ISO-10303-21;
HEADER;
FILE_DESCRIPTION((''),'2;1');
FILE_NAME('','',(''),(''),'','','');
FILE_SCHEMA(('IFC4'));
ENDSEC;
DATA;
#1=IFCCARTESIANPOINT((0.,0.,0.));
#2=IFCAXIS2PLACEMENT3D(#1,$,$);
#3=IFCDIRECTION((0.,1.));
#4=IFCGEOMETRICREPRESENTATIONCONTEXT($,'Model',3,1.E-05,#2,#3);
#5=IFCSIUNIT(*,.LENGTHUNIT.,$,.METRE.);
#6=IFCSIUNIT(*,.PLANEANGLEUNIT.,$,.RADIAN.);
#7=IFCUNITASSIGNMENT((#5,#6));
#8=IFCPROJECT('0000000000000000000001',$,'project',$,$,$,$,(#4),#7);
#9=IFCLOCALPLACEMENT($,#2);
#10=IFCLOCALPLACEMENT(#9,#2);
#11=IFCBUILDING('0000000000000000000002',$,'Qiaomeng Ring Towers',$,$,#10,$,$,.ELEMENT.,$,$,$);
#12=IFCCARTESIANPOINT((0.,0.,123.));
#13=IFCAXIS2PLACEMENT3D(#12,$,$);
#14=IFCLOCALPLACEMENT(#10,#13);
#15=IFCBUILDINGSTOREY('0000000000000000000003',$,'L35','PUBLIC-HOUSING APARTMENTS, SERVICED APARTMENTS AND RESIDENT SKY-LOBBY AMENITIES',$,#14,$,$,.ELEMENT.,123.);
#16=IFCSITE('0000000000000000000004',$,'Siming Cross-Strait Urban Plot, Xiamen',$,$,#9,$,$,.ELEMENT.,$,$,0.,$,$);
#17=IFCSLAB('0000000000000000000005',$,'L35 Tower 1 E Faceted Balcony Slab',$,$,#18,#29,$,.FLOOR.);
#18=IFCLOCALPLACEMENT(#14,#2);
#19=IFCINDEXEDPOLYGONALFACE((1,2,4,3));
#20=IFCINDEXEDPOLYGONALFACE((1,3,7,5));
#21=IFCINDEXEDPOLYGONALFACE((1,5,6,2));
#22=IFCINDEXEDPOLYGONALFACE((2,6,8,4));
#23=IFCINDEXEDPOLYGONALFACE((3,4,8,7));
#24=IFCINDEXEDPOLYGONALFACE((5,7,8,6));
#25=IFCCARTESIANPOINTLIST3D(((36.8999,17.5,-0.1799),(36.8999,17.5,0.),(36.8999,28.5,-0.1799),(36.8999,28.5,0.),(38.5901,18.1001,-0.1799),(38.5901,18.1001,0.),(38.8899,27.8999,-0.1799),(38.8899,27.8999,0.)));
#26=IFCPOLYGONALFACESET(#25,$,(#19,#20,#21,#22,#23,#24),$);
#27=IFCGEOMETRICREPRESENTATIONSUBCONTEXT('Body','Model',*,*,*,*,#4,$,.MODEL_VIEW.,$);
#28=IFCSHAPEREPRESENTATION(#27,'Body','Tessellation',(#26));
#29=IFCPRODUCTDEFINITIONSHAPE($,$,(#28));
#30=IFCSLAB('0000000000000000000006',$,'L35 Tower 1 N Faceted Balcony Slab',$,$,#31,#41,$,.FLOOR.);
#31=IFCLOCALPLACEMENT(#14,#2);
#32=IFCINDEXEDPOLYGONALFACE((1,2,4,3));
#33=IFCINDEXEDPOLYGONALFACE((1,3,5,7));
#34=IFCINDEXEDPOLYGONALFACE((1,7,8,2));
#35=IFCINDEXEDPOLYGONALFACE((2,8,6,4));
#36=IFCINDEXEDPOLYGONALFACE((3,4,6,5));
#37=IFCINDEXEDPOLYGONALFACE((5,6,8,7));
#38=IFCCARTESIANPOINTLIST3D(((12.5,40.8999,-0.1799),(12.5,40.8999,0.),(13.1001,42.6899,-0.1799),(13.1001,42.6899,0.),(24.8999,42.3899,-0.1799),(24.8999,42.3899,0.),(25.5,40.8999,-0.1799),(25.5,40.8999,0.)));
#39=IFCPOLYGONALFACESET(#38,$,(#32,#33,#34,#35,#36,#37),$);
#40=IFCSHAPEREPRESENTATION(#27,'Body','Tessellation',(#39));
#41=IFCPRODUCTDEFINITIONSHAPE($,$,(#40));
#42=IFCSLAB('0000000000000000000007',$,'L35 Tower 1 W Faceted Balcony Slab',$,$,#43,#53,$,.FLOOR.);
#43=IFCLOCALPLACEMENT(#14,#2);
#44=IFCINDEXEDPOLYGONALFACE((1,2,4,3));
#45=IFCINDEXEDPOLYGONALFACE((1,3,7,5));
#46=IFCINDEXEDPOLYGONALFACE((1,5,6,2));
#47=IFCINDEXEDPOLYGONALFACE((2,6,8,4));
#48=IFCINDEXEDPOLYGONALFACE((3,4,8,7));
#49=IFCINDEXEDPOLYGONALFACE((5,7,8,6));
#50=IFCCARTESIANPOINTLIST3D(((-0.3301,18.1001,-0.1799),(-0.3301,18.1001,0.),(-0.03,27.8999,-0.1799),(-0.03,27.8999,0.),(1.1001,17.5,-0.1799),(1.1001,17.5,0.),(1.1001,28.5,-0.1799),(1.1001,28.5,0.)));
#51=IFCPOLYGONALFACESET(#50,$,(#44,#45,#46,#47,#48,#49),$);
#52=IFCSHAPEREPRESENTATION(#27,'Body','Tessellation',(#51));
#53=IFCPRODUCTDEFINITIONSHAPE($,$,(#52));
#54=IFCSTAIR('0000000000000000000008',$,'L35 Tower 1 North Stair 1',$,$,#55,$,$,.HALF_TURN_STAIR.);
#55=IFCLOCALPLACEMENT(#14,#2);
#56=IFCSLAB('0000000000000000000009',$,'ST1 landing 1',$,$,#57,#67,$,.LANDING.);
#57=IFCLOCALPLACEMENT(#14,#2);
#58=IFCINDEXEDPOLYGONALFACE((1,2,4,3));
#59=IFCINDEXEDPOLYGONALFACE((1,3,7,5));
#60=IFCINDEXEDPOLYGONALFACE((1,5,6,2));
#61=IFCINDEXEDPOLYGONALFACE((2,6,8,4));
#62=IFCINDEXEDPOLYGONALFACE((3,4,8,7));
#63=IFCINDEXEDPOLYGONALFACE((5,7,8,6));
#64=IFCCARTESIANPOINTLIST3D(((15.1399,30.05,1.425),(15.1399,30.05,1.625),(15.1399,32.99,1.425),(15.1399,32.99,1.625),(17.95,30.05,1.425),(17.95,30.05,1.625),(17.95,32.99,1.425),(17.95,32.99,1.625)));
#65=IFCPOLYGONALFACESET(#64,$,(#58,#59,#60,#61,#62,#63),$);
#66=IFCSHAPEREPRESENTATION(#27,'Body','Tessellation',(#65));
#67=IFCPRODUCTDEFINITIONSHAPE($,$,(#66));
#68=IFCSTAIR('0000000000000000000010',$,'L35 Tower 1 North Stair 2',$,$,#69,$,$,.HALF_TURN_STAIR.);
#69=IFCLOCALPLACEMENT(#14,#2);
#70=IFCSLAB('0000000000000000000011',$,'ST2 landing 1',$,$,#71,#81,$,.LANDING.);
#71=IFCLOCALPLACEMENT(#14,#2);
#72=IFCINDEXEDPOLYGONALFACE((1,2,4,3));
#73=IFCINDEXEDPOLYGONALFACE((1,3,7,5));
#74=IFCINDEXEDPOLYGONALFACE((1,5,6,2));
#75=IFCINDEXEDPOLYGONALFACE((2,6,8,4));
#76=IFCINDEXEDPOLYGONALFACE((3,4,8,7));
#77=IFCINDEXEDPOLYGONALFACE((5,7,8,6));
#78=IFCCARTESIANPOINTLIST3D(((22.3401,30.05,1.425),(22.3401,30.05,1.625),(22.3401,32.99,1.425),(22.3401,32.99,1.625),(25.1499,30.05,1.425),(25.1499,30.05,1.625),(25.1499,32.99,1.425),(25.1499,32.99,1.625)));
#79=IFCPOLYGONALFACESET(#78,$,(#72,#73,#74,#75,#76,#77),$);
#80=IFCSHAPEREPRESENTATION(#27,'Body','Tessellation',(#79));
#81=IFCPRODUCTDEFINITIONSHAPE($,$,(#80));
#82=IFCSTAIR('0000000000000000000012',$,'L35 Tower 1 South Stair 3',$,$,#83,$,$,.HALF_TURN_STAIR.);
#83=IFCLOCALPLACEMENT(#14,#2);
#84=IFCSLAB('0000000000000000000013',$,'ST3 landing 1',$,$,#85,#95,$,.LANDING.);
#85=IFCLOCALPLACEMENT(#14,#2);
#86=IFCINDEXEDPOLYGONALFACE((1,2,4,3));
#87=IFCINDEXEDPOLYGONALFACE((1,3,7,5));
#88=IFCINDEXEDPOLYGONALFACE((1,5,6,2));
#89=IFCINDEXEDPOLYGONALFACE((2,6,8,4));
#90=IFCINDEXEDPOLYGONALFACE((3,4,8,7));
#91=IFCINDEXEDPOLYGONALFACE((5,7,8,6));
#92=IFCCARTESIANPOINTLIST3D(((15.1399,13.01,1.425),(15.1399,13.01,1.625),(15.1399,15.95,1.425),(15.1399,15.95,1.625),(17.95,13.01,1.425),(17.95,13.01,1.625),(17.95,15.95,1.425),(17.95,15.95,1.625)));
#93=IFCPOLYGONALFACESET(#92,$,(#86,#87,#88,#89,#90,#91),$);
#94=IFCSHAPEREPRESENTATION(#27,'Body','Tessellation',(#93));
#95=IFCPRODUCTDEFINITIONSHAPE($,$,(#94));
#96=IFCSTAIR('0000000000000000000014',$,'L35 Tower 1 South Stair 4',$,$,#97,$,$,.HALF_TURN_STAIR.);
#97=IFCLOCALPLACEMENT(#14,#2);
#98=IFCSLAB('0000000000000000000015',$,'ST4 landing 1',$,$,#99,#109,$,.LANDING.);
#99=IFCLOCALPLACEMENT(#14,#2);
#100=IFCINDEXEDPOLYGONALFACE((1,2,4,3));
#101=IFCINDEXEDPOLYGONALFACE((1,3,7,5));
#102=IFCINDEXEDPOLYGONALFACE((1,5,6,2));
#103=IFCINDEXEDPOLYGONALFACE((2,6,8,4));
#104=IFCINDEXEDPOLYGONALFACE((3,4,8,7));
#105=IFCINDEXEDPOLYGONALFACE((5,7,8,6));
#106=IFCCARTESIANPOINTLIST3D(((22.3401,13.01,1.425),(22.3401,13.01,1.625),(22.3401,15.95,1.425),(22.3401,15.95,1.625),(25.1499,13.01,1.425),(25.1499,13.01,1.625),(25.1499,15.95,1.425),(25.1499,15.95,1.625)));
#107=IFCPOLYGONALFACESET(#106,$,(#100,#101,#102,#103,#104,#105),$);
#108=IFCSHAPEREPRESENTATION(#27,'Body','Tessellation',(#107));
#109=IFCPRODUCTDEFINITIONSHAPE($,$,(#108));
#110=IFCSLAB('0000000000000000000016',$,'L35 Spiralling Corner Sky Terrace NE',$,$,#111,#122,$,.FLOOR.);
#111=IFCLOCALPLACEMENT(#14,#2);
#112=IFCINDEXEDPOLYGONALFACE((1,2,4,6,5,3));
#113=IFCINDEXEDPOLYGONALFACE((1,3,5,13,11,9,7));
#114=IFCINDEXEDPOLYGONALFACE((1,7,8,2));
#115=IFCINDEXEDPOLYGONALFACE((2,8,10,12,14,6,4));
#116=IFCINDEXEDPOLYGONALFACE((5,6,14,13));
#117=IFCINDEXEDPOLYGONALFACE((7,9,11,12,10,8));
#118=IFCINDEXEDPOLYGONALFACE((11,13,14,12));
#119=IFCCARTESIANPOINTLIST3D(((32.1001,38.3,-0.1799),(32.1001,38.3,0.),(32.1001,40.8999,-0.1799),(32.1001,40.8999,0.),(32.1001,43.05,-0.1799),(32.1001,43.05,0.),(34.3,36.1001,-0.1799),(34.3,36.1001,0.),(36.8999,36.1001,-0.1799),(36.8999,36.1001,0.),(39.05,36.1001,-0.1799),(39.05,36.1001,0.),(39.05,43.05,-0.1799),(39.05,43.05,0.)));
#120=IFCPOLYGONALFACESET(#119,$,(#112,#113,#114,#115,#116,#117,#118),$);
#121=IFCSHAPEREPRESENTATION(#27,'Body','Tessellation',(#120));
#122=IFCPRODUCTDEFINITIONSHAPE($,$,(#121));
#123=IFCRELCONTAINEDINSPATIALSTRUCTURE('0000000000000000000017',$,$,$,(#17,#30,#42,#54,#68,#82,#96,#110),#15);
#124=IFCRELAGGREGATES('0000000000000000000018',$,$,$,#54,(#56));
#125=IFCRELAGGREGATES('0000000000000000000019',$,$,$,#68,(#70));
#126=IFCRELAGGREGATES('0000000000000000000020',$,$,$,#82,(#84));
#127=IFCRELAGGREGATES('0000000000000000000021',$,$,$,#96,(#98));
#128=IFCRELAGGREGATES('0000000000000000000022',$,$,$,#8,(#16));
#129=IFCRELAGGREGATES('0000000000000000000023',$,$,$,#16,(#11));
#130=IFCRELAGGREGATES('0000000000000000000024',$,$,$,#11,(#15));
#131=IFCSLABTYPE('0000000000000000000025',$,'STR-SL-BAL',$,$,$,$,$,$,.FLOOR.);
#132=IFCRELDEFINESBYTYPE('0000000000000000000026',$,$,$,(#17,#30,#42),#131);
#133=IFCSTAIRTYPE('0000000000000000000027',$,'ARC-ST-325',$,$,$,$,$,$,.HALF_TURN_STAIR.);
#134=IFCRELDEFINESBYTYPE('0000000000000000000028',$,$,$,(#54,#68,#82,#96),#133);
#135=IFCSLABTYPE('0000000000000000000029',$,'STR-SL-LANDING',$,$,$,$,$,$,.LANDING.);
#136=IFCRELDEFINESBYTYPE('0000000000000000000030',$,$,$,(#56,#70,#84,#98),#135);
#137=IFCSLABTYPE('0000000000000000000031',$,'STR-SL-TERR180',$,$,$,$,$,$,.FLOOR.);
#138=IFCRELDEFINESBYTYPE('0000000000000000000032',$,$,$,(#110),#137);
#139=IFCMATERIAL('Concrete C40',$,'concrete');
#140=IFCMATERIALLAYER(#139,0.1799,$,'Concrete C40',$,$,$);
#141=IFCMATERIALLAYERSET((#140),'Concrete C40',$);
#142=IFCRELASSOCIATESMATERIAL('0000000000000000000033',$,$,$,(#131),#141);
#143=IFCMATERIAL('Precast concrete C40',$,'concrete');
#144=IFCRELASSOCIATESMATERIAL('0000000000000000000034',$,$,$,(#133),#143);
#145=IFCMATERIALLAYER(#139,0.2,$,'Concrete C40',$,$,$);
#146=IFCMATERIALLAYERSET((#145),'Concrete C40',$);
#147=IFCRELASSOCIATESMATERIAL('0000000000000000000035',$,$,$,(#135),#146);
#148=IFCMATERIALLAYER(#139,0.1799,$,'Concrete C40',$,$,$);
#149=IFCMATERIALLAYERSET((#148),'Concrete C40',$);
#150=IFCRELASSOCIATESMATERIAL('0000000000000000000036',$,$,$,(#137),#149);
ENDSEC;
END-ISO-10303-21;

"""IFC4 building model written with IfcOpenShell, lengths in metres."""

from ifc_helpers import new_model, si_unit, direction, frame, origin, place, context, subcontext, project, spatial, polyline, outline, extrude, material, layer, layer_set, type_object, element, aggregate, save


model = new_model("IFC4")

# Units and contexts
model_context = context("Model", 3, precision=1e-05, world=origin(), true_north=direction((0.0, 1.0)))
body_context = subcontext(model_context, "Body", "Model", "MODEL_VIEW")
ifc_project = project(units=[si_unit("LENGTHUNIT", "METRE"), si_unit("PLANEANGLEUNIT", "RADIAN")], contexts=[model_context])

# Site, building, storey
site_placement = place(None, origin())
site = spatial("IfcSite", under=ifc_project, at=site_placement, Name="Siming Cross-Strait Urban Plot, Xiamen", CompositionType="ELEMENT", RefElevation=0.0)
building_placement = place(site_placement, origin())
building = spatial("IfcBuilding", under=site, at=building_placement, Name="Qiaomeng Ring Towers", CompositionType="ELEMENT")
storey_placement = place(building_placement, frame((0.0, 0.0, 123.0)))
storey = spatial("IfcBuildingStorey", under=building, at=storey_placement, Name="L35", Description="PUBLIC-HOUSING APARTMENTS, SERVICED APARTMENTS AND RESIDENT SKY-LOBBY AMENITIES", CompositionType="ELEMENT", Elevation=123.0)

# Slabs
ifc_material_1 = material(Name="Concrete C40", Category="concrete")
ifc_layer_1 = layer(ifc_material_1, 0.1799, Name="Concrete C40")
ifc_layer_set_1 = layer_set([ifc_layer_1], Name="Concrete C40")
slab_type_1 = type_object("IfcSlabType", Name="STR-SL-BAL", PredefinedType="FLOOR", material=ifc_layer_set_1)
slab_1_placement = place(storey_placement, frame((0.0, 0.0, -0.1799)))
element("IfcSlab", 1, at=slab_1_placement, inside=storey, type_object=slab_type_1, Name="L35 Tower 1 E Faceted Balcony Slab", PredefinedType="FLOOR", context=body_context, shape_type="SweptSolid", body=[
    extrude(outline(polyline([(38.8899, 27.8999), (38.5901, 18.1001), (36.8999, 17.5), (36.8999, 28.5), (38.8899, 27.8999)])), origin(), (0.0, 0.0, 1.0), 0.1799),
])
slab_2_placement = place(storey_placement, frame((0.0, 0.0, -0.1799)))
element("IfcSlab", 2, at=slab_2_placement, inside=storey, type_object=slab_type_1, Name="L35 Tower 1 N Faceted Balcony Slab", PredefinedType="FLOOR", context=body_context, shape_type="SweptSolid", body=[
    extrude(outline(polyline([(12.5, 40.8999), (13.1001, 42.6899), (24.8999, 42.3899), (25.5, 40.8999), (12.5, 40.8999)])), origin(), (0.0, 0.0, 1.0), 0.1799),
])
slab_3_placement = place(storey_placement, frame((0.0, 0.0, -0.1799)))
element("IfcSlab", 3, at=slab_3_placement, inside=storey, type_object=slab_type_1, Name="L35 Tower 1 W Faceted Balcony Slab", PredefinedType="FLOOR", context=body_context, shape_type="SweptSolid", body=[
    extrude(outline(polyline([(-0.3301, 18.1001), (-0.03, 27.8999), (1.1001, 28.5), (1.1001, 17.5), (-0.3301, 18.1001)])), origin(), (0.0, 0.0, 1.0), 0.1799),
])

# Stairs, slabs
ifc_material_2 = material(Name="Precast concrete C40", Category="concrete")
stair_type = type_object("IfcStairType", Name="ARC-ST-325", PredefinedType="HALF_TURN_STAIR", material=ifc_material_2)
stair_1_placement = place(storey_placement, origin())
stair_1 = element("IfcStair", 4, at=stair_1_placement, inside=storey, type_object=stair_type, Name="L35 Tower 1 North Stair 1", PredefinedType="HALF_TURN_STAIR")
ifc_layer_2 = layer(ifc_material_1, 0.2, Name="Concrete C40")
ifc_layer_set_2 = layer_set([ifc_layer_2], Name="Concrete C40")
slab_type_2 = type_object("IfcSlabType", Name="STR-SL-LANDING", PredefinedType="LANDING", material=ifc_layer_set_2)
slab_4_placement = place(storey_placement, frame((0.0, 0.0, 1.425)))
slab_4 = element("IfcSlab", 5, at=slab_4_placement, type_object=slab_type_2, Name="ST1 landing 1", PredefinedType="LANDING", context=body_context, shape_type="SweptSolid", body=[
    extrude(outline(polyline([(15.1399, 30.05), (17.95, 30.05), (17.95, 32.99), (15.1399, 32.99), (15.1399, 30.05)])), origin(), (0.0, 0.0, 1.0), 0.2),
])
aggregate(stair_1, [slab_4])
stair_2_placement = place(storey_placement, origin())
stair_2 = element("IfcStair", 6, at=stair_2_placement, inside=storey, type_object=stair_type, Name="L35 Tower 1 North Stair 2", PredefinedType="HALF_TURN_STAIR")
slab_5_placement = place(storey_placement, frame((0.0, 0.0, 1.425)))
slab_5 = element("IfcSlab", 7, at=slab_5_placement, type_object=slab_type_2, Name="ST2 landing 1", PredefinedType="LANDING", context=body_context, shape_type="SweptSolid", body=[
    extrude(outline(polyline([(22.3401, 30.05), (25.1499, 30.05), (25.1499, 32.99), (22.3401, 32.99), (22.3401, 30.05)])), origin(), (0.0, 0.0, 1.0), 0.2),
])
aggregate(stair_2, [slab_5])
stair_3_placement = place(storey_placement, origin())
stair_3 = element("IfcStair", 8, at=stair_3_placement, inside=storey, type_object=stair_type, Name="L35 Tower 1 South Stair 3", PredefinedType="HALF_TURN_STAIR")
slab_6_placement = place(storey_placement, frame((0.0, 0.0, 1.425)))
slab_6 = element("IfcSlab", 9, at=slab_6_placement, type_object=slab_type_2, Name="ST3 landing 1", PredefinedType="LANDING", context=body_context, shape_type="SweptSolid", body=[
    extrude(outline(polyline([(15.1399, 13.01), (17.95, 13.01), (17.95, 15.95), (15.1399, 15.95), (15.1399, 13.01)])), origin(), (0.0, 0.0, 1.0), 0.2),
])
aggregate(stair_3, [slab_6])
stair_4_placement = place(storey_placement, origin())
stair_4 = element("IfcStair", 10, at=stair_4_placement, inside=storey, type_object=stair_type, Name="L35 Tower 1 South Stair 4", PredefinedType="HALF_TURN_STAIR")
slab_7_placement = place(storey_placement, frame((0.0, 0.0, 1.425)))
slab_7 = element("IfcSlab", 11, at=slab_7_placement, type_object=slab_type_2, Name="ST4 landing 1", PredefinedType="LANDING", context=body_context, shape_type="SweptSolid", body=[
    extrude(outline(polyline([(22.3401, 13.01), (25.1499, 13.01), (25.1499, 15.95), (22.3401, 15.95), (22.3401, 13.01)])), origin(), (0.0, 0.0, 1.0), 0.2),
])
aggregate(stair_4, [slab_7])

# Slab
ifc_layer_3 = layer(ifc_material_1, 0.1799, Name="Concrete C40")
ifc_layer_set_3 = layer_set([ifc_layer_3], Name="Concrete C40")
slab_type_3 = type_object("IfcSlabType", Name="STR-SL-TERR180", PredefinedType="FLOOR", material=ifc_layer_set_3)
slab_8_placement = place(storey_placement, frame((0.0, 0.0, -0.1799)))
element("IfcSlab", 12, at=slab_8_placement, inside=storey, type_object=slab_type_3, Name="L35 Spiralling Corner Sky Terrace NE", PredefinedType="FLOOR", context=body_context, shape_type="SweptSolid", body=[
    extrude(outline(polyline([(32.1001, 43.05), (39.05, 43.05), (39.05, 36.1001), (36.8999, 36.1001), (34.3, 36.1001), (32.1001, 38.3), (32.1001, 40.8999), (32.1001, 43.05)])), origin(), (0.0, 0.0, 1.0), 0.1799),
])

save(model, "model.ifc")
